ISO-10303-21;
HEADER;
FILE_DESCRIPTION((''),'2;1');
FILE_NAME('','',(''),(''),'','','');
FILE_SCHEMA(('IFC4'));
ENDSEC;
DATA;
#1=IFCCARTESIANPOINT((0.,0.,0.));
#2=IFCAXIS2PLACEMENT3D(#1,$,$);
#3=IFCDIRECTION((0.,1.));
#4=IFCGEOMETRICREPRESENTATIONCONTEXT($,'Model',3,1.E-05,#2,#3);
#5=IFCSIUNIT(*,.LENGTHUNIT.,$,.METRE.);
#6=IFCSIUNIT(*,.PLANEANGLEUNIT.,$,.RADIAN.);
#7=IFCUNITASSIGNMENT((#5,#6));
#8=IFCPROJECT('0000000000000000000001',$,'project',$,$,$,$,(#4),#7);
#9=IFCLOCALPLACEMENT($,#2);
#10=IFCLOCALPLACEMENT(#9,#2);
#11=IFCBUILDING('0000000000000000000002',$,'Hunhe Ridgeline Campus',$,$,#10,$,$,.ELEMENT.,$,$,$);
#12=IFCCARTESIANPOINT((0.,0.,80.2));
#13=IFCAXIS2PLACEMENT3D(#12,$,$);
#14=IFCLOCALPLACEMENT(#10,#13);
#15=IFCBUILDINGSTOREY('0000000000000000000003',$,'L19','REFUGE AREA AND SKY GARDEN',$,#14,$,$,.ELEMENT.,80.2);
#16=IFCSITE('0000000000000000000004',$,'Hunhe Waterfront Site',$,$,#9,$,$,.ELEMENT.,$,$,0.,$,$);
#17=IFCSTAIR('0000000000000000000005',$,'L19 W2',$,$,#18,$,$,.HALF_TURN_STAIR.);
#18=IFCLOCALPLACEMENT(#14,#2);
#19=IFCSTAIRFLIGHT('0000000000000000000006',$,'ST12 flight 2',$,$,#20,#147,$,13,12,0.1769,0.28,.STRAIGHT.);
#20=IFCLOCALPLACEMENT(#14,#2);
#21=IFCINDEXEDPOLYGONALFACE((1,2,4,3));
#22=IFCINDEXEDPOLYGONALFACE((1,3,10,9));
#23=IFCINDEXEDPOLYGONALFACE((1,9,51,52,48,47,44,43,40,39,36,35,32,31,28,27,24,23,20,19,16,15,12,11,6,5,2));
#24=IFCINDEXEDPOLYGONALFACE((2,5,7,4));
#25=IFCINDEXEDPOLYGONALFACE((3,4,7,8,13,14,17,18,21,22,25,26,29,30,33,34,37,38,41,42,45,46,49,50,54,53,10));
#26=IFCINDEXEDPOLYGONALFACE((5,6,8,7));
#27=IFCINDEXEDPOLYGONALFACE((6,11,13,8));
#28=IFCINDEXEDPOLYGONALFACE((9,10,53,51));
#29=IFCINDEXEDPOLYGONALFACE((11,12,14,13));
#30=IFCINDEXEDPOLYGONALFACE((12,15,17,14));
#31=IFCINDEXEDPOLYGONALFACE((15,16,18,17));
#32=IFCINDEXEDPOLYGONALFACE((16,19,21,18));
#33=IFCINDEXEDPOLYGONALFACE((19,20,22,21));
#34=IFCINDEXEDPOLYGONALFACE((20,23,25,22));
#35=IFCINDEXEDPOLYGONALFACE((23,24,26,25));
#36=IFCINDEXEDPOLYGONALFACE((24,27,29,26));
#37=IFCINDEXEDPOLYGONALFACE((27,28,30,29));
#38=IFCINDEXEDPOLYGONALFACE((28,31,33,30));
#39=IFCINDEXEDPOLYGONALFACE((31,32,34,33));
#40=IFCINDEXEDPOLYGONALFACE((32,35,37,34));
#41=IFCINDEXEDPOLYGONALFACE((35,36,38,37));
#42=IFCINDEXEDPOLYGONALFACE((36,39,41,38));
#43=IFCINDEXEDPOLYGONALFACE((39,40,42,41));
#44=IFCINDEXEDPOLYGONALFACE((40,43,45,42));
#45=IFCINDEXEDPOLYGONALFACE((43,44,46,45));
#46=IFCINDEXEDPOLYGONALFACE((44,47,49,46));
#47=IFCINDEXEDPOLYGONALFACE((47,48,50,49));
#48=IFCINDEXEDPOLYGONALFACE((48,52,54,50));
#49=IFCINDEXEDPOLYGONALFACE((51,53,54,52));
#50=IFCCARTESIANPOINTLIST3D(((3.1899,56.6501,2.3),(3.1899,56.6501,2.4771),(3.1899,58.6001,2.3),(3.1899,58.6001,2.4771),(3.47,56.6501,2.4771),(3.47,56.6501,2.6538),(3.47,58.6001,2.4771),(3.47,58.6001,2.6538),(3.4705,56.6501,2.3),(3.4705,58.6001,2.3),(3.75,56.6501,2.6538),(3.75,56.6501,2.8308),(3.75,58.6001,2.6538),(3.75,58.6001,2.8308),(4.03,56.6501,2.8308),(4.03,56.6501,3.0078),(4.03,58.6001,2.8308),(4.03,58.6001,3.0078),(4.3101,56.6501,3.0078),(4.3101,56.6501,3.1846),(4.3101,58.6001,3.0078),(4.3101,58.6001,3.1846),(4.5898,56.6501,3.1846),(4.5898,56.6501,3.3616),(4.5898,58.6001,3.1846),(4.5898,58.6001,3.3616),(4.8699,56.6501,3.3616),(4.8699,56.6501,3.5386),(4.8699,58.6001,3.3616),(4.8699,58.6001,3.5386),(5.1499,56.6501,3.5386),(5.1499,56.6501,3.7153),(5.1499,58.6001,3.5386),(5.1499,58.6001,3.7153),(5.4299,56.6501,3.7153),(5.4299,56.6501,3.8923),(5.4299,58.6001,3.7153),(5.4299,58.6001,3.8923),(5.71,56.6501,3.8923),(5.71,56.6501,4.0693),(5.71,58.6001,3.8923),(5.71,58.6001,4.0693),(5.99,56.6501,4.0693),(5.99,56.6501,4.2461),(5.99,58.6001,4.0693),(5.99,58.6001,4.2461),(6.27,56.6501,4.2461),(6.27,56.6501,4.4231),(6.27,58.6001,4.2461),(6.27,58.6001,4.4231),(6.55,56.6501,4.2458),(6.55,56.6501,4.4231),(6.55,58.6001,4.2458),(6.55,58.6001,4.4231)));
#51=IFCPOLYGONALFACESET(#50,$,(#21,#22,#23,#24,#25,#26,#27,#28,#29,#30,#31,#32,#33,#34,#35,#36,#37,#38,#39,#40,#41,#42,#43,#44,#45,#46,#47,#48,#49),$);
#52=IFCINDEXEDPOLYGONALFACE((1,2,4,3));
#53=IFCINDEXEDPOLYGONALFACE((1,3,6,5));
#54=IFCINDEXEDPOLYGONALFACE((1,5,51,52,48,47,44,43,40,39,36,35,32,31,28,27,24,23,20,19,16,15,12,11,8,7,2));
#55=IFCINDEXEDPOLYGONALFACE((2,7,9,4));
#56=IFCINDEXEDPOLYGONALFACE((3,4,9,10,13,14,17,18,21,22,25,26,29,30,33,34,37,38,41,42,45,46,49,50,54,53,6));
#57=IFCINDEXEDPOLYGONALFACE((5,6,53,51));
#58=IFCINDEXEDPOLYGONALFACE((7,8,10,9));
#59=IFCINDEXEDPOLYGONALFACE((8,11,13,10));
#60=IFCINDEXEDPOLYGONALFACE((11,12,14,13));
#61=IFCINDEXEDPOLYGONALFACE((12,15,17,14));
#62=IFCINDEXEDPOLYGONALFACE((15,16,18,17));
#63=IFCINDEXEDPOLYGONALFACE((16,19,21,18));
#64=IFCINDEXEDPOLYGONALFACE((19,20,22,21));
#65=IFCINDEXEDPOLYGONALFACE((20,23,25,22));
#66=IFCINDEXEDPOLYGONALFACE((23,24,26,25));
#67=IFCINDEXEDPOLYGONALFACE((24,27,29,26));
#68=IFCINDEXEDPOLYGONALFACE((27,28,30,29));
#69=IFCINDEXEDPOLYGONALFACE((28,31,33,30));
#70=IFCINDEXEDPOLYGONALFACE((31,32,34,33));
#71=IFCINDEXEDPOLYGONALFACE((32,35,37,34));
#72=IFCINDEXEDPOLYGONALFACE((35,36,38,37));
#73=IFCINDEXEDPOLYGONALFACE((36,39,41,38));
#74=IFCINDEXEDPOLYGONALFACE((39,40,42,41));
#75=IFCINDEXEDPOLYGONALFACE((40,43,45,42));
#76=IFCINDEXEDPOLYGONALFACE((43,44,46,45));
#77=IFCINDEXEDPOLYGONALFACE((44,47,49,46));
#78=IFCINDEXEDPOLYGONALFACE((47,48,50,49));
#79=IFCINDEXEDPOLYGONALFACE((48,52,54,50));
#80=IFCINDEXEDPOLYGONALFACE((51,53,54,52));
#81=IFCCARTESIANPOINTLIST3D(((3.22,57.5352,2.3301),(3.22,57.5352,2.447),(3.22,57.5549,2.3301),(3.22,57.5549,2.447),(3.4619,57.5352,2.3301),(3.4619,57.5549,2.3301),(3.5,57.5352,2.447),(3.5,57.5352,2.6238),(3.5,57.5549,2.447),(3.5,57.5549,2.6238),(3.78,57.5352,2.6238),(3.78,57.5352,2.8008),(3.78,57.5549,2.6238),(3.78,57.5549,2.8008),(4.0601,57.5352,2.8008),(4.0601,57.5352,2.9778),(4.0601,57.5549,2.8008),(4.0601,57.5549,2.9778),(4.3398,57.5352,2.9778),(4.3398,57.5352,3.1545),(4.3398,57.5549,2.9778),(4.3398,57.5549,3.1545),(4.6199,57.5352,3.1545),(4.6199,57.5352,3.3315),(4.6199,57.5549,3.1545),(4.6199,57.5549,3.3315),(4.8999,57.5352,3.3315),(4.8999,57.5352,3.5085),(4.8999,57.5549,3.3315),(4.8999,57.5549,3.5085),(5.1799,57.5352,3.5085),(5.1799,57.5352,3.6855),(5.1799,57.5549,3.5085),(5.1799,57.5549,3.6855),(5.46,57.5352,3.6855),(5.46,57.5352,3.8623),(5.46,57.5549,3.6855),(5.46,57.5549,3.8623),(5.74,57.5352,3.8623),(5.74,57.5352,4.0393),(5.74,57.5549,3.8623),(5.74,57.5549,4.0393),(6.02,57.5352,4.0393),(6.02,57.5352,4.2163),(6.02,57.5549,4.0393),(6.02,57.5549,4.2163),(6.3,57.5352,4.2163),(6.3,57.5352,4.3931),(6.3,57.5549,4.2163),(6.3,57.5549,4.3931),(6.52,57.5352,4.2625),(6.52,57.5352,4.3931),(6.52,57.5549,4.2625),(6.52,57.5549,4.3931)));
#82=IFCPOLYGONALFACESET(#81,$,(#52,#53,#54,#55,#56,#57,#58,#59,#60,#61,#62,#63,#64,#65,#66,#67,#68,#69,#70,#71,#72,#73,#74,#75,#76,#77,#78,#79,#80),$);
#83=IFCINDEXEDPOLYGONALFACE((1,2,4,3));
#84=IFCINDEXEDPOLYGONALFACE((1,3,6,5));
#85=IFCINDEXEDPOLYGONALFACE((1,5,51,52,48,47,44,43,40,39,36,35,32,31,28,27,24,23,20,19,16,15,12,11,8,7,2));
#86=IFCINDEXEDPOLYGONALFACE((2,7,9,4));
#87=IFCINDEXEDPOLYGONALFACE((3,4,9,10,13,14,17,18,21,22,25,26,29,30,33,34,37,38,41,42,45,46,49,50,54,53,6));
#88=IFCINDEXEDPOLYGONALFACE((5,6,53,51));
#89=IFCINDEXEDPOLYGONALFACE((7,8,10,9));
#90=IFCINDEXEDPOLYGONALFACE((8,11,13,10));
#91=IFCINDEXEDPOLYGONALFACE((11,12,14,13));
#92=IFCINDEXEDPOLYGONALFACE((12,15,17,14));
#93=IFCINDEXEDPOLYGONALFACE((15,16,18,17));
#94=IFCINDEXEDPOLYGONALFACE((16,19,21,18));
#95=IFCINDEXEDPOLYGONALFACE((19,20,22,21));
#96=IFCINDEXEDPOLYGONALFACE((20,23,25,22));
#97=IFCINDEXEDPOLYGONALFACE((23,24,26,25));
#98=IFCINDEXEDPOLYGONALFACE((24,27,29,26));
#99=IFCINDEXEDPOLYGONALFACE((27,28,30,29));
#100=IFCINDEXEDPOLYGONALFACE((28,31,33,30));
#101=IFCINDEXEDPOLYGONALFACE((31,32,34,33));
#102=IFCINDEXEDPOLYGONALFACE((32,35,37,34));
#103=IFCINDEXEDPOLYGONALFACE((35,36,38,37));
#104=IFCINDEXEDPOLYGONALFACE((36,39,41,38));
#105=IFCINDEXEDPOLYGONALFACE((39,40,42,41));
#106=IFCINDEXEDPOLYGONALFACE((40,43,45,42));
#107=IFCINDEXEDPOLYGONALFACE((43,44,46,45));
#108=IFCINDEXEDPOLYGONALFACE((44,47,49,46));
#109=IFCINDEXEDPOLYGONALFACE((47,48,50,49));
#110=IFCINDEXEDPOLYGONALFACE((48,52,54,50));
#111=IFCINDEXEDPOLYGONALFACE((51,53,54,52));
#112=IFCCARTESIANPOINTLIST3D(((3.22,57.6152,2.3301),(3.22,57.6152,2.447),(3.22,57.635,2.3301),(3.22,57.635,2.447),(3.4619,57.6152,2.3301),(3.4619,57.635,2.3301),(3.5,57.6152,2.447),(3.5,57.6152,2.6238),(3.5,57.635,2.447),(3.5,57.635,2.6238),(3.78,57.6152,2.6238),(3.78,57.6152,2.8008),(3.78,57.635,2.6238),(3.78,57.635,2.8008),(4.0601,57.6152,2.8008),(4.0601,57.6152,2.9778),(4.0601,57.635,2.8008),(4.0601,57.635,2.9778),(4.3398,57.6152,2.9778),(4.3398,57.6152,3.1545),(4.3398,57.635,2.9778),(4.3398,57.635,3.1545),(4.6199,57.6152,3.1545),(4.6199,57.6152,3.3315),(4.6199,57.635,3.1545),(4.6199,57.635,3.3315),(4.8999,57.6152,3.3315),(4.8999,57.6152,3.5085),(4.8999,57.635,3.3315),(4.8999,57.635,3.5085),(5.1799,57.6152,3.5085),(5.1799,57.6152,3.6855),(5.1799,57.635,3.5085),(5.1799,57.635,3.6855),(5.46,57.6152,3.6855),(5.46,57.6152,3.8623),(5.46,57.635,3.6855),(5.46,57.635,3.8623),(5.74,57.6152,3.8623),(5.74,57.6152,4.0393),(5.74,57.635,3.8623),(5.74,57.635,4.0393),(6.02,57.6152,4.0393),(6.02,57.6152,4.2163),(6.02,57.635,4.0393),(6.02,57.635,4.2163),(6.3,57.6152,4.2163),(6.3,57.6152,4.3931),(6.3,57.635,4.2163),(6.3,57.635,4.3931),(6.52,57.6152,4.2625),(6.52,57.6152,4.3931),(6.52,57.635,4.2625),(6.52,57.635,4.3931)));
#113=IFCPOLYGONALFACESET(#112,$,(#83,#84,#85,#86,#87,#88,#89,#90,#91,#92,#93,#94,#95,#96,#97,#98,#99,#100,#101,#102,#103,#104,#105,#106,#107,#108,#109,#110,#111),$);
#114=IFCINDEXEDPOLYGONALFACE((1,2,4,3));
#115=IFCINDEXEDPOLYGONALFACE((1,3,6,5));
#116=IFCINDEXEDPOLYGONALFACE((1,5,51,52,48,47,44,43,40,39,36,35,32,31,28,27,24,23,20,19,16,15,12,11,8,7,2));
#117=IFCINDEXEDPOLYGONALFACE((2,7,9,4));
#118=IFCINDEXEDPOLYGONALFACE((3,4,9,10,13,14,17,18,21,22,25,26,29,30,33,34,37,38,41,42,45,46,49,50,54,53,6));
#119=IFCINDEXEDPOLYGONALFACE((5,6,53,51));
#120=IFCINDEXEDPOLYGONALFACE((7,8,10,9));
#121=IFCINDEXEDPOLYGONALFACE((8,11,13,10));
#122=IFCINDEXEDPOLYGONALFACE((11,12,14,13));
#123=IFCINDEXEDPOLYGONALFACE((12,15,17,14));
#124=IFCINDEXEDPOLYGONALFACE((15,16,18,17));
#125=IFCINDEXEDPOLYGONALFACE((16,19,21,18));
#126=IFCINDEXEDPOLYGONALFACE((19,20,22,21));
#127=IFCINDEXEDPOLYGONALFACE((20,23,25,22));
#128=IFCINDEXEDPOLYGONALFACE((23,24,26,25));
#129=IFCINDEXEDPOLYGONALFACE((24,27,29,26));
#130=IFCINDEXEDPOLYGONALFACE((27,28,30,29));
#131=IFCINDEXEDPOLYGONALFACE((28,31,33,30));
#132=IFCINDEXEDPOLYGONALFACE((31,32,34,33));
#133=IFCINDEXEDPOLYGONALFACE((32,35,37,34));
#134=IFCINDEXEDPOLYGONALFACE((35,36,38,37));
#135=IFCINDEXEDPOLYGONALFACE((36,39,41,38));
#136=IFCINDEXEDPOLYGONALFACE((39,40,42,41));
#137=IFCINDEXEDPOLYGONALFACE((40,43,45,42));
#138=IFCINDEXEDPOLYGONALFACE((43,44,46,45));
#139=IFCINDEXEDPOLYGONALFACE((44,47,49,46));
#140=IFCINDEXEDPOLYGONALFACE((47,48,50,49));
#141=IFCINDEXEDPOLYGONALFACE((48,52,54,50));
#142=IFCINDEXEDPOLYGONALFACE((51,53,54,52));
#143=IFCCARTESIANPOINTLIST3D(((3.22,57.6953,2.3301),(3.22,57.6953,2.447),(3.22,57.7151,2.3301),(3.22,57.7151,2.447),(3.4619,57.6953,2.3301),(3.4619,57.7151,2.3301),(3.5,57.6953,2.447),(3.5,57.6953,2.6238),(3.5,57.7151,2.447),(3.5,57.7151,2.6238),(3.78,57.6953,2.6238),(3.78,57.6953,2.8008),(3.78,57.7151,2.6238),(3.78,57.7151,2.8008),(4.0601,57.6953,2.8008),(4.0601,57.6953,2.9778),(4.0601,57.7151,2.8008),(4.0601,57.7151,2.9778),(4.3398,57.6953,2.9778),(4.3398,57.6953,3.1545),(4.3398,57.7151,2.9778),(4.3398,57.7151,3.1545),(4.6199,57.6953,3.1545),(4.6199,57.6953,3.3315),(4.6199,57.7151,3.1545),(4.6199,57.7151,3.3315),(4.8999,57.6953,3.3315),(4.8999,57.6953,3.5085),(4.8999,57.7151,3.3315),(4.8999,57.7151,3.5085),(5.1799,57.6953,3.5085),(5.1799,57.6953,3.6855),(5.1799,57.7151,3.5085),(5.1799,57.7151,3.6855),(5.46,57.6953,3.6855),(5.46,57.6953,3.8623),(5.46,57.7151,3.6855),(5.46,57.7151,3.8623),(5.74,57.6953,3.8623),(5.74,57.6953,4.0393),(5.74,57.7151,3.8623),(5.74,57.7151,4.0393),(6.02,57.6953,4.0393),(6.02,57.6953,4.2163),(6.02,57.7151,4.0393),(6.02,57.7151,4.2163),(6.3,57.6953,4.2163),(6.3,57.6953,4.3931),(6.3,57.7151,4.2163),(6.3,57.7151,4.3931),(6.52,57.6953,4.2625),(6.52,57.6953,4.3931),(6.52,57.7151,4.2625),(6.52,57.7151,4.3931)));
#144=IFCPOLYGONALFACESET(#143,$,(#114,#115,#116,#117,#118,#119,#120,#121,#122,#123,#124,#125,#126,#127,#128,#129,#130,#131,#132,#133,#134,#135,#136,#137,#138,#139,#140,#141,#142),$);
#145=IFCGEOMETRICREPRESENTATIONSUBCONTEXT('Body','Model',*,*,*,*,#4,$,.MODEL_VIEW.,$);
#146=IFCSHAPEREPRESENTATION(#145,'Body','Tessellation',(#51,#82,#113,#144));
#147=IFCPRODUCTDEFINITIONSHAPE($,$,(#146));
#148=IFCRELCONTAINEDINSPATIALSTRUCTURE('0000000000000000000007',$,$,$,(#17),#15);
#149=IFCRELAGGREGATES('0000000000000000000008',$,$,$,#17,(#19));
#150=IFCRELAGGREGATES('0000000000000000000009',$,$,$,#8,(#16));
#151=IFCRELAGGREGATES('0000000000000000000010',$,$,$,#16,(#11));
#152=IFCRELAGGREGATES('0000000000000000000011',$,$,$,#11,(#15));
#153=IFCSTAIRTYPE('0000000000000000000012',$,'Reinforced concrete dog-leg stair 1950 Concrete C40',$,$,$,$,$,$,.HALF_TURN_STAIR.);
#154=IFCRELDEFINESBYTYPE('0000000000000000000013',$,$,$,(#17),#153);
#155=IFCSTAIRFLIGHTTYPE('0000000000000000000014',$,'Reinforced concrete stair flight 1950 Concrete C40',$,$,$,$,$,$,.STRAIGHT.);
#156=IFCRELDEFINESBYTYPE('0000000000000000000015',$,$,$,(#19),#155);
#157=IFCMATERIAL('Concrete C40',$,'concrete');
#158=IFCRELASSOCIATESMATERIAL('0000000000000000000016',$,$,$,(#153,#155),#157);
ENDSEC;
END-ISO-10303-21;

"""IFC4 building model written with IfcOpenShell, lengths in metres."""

from ifc_helpers import new_model, si_unit, direction, frame, origin, place, context, subcontext, project, spatial, polyline, outline, extrude, material, type_object, element, aggregate, save


model = new_model("IFC4")

# Units and contexts
model_context = context("Model", 3, precision=1e-05, world=origin(), true_north=direction((0.0, 1.0)))
body_context = subcontext(model_context, "Body", "Model", "MODEL_VIEW")
ifc_project = project(units=[si_unit("LENGTHUNIT", "METRE"), si_unit("PLANEANGLEUNIT", "RADIAN")], contexts=[model_context])

# Site, building, storey
site_placement = place(None, origin())
site = spatial("IfcSite", under=ifc_project, at=site_placement, Name="Hunhe Waterfront Site", CompositionType="ELEMENT", RefElevation=0.0)
building_placement = place(site_placement, origin())
building = spatial("IfcBuilding", under=site, at=building_placement, Name="Hunhe Ridgeline Campus", CompositionType="ELEMENT")
storey_placement = place(building_placement, frame((0.0, 0.0, 80.2)))
storey = spatial("IfcBuildingStorey", under=building, at=storey_placement, Name="L19", Description="REFUGE AREA AND SKY GARDEN", CompositionType="ELEMENT", Elevation=80.2)

# Stair, stair flight
ifc_material_1 = material(Name="Concrete C40", Category="concrete")
stair_type = type_object("IfcStairType", Name="Reinforced concrete dog-leg stair 1950 Concrete C40", PredefinedType="HALF_TURN_STAIR", material=ifc_material_1)
stair_flight_type = type_object("IfcStairFlightType", Name="Reinforced concrete stair flight 1950 Concrete C40", PredefinedType="STRAIGHT", material=ifc_material_1)
stair_1_placement = place(storey_placement, origin())
stair_1 = element("IfcStair", 1, at=stair_1_placement, inside=storey, type_object=stair_type, Name="L19 W2", PredefinedType="HALF_TURN_STAIR")
stair_flight_1_placement = place(storey_placement, frame((3.1899, 57.625, 2.3), z_axis=(0.0, 0.0, 1.0), x_axis=(1.0, 0.0, 0.0)))
stair_flight_1 = element("IfcStairFlight", 2, at=stair_flight_1_placement, type_object=stair_flight_type, Name="ST12 flight 2", NumberOfRisers=13, NumberOfTreads=12, PredefinedType="STRAIGHT", RiserHeight=0.1769, TreadLength=0.28, context=body_context, shape_type="SweptSolid", body=[
    extrude(outline(polyline([(0.0, 0.0), (0.0, 0.177), (0.28, 0.177), (0.28, 0.3538), (0.5601, 0.3538), (0.5601, 0.5308), (0.8401, 0.5308), (0.8401, 0.7078), (1.1201, 0.7078), (1.1201, 0.8845), (1.3999, 0.8845), (1.3999, 1.0615), (1.6799, 1.0615), (1.6799, 1.2385), (1.96, 1.2385), (1.96, 1.4153), (2.24, 1.4153), (2.24, 1.5923), (2.52, 1.5923), (2.52, 1.7693), (2.8, 1.7693), (2.8, 1.946), (3.0801, 1.946), (3.0801, 2.123), (3.3601, 2.123), (3.3601, 2.3), (3.3601, 1.9458), (0.2805, 0.0), (0.0, 0.0)])), frame((0.0, 0.9751, 0.0), z_axis=(0.0, -1.0, 0.0), x_axis=(1.0, 0.0, 0.0)), (0.0, 0.0, 1.0), 1.95),
    extrude(outline(polyline([(0.03, 0.03), (0.03, 0.147), (0.3101, 0.147), (0.3101, 0.3237), (0.5901, 0.3237), (0.5901, 0.5007), (0.8701, 0.5007), (0.8701, 0.6777), (1.1499, 0.6777), (1.1499, 0.8545), (1.4299, 0.8545), (1.4299, 1.0315), (1.71, 1.0315), (1.71, 1.2085), (1.99, 1.2085), (1.99, 1.3855), (2.27, 1.3855), (2.27, 1.5623), (2.55, 1.5623), (2.55, 1.7393), (2.8301, 1.7393), (2.8301, 1.9163), (3.1101, 1.9163), (3.1101, 2.093), (3.3301, 2.093), (3.3301, 1.9624), (0.272, 0.03), (0.03, 0.03)])), frame((0.0, -0.0701, 0.0), z_axis=(0.0, -1.0, 0.0), x_axis=(1.0, 0.0, 0.0)), (0.0, 0.0, 1.0), 0.0198),
    extrude(outline(polyline([(0.03, 0.03), (0.03, 0.147), (0.3101, 0.147), (0.3101, 0.3237), (0.5901, 0.3237), (0.5901, 0.5007), (0.8701, 0.5007), (0.8701, 0.6777), (1.1499, 0.6777), (1.1499, 0.8545), (1.4299, 0.8545), (1.4299, 1.0315), (1.71, 1.0315), (1.71, 1.2085), (1.99, 1.2085), (1.99, 1.3855), (2.27, 1.3855), (2.27, 1.5623), (2.55, 1.5623), (2.55, 1.7393), (2.8301, 1.7393), (2.8301, 1.9163), (3.1101, 1.9163), (3.1101, 2.093), (3.3301, 2.093), (3.3301, 1.9624), (0.272, 0.03), (0.03, 0.03)])), frame((0.0, 0.01, 0.0), z_axis=(0.0, -1.0, 0.0), x_axis=(1.0, 0.0, 0.0)), (0.0, 0.0, 1.0), 0.0198),
    extrude(outline(polyline([(0.03, 0.03), (0.03, 0.147), (0.3101, 0.147), (0.3101, 0.3237), (0.5901, 0.3237), (0.5901, 0.5007), (0.8701, 0.5007), (0.8701, 0.6777), (1.1499, 0.6777), (1.1499, 0.8545), (1.4299, 0.8545), (1.4299, 1.0315), (1.71, 1.0315), (1.71, 1.2085), (1.99, 1.2085), (1.99, 1.3855), (2.27, 1.3855), (2.27, 1.5623), (2.55, 1.5623), (2.55, 1.7393), (2.8301, 1.7393), (2.8301, 1.9163), (3.1101, 1.9163), (3.1101, 2.093), (3.3301, 2.093), (3.3301, 1.9624), (0.272, 0.03), (0.03, 0.03)])), frame((0.0, 0.0901, 0.0), z_axis=(0.0, -1.0, 0.0), x_axis=(1.0, 0.0, 0.0)), (0.0, 0.0, 1.0), 0.0198),
])
aggregate(stair_1, [stair_flight_1])

save(model, "model.ifc")
